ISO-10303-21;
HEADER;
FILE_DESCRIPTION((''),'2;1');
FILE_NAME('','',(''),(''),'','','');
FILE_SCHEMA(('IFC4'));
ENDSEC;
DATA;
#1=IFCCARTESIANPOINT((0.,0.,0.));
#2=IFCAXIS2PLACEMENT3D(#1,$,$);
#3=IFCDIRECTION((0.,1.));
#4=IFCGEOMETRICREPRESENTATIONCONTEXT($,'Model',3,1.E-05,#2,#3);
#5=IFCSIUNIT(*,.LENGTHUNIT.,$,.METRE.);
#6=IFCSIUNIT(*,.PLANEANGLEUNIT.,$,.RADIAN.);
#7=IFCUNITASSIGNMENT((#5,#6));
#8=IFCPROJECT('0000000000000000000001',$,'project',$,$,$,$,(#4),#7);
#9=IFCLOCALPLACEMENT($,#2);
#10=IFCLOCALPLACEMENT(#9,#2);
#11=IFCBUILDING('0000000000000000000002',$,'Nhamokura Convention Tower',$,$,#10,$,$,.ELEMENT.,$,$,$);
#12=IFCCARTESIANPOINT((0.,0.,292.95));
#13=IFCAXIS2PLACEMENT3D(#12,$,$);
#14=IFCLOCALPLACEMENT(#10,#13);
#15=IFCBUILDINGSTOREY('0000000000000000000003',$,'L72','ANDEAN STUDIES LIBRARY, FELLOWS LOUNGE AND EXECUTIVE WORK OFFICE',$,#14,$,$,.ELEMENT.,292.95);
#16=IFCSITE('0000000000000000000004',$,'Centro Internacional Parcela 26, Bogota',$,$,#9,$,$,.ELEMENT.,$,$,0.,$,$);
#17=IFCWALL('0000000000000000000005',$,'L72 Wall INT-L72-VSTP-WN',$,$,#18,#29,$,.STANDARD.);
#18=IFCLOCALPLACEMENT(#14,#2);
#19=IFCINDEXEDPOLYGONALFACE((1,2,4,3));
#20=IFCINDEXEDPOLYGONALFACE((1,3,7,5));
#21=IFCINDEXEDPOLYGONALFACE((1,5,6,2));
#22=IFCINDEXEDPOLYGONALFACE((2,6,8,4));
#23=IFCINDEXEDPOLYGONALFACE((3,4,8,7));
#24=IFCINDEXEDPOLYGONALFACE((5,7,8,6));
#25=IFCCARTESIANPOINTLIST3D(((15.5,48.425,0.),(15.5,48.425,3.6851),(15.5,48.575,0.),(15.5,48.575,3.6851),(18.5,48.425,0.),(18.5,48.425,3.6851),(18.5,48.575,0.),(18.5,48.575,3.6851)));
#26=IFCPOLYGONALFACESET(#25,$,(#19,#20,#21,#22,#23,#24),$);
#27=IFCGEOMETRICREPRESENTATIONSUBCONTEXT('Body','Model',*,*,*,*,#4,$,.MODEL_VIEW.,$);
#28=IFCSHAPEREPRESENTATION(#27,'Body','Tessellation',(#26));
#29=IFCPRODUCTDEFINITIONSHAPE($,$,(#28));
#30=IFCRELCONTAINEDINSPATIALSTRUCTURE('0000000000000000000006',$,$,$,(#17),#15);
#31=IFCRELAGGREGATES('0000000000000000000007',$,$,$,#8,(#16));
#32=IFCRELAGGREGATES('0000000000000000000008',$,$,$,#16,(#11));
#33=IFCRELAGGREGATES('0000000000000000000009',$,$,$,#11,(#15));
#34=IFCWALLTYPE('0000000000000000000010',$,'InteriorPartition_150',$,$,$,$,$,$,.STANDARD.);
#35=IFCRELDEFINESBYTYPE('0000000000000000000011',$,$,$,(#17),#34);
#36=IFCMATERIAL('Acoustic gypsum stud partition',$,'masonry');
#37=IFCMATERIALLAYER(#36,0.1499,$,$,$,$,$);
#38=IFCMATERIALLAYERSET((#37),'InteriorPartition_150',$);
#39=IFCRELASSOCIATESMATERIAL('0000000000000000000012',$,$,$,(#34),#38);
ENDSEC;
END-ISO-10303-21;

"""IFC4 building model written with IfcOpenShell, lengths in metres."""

from ifc_helpers import new_model, si_unit, direction, frame, frame_2d, origin, place, context, subcontext, project, spatial, rectangle, extrude, material, layer, layer_set, type_object, element, save


model = new_model("IFC4")

# Units and contexts
model_context = context("Model", 3, precision=1e-05, world=origin(), true_north=direction((0.0, 1.0)))
body_context = subcontext(model_context, "Body", "Model", "MODEL_VIEW")
ifc_project = project(units=[si_unit("LENGTHUNIT", "METRE"), si_unit("PLANEANGLEUNIT", "RADIAN")], contexts=[model_context])

# Site, building, storey
site_placement = place(None, origin())
site = spatial("IfcSite", under=ifc_project, at=site_placement, Name="Centro Internacional Parcela 26, Bogota", CompositionType="ELEMENT", RefElevation=0.0)
building_placement = place(site_placement, origin())
building = spatial("IfcBuilding", under=site, at=building_placement, Name="Nhamokura Convention Tower", CompositionType="ELEMENT")
storey_placement = place(building_placement, frame((0.0, 0.0, 292.95)))
storey = spatial("IfcBuildingStorey", under=building, at=storey_placement, Name="L72", Description="ANDEAN STUDIES LIBRARY, FELLOWS LOUNGE AND EXECUTIVE WORK OFFICE", CompositionType="ELEMENT", Elevation=292.95)

# Wall
ifc_material_1 = material(Name="Acoustic gypsum stud partition", Category="masonry")
ifc_layer_1 = layer(ifc_material_1, 0.1499)
ifc_layer_set_1 = layer_set([ifc_layer_1], Name="InteriorPartition_150")
wall_type_1 = type_object("IfcWallType", Name="InteriorPartition_150", PredefinedType="STANDARD", material=ifc_layer_set_1)
wall_1_placement = place(storey_placement, frame((15.5, 48.5, 0.0), z_axis=(0.0, 0.0, 1.0), x_axis=(1.0, 0.0, 0.0)))
element("IfcWall", 1, at=wall_1_placement, inside=storey, type_object=wall_type_1, Name="L72 Wall INT-L72-VSTP-WN", PredefinedType="STANDARD", context=body_context, shape_type="SweptSolid", body=[
    extrude(rectangle(XDim=3.0, YDim=0.1499, at=frame_2d((1.5, 0.0))), origin(), (0.0, 0.0, 1.0), 3.6851),
])

save(model, "model.ifc")
